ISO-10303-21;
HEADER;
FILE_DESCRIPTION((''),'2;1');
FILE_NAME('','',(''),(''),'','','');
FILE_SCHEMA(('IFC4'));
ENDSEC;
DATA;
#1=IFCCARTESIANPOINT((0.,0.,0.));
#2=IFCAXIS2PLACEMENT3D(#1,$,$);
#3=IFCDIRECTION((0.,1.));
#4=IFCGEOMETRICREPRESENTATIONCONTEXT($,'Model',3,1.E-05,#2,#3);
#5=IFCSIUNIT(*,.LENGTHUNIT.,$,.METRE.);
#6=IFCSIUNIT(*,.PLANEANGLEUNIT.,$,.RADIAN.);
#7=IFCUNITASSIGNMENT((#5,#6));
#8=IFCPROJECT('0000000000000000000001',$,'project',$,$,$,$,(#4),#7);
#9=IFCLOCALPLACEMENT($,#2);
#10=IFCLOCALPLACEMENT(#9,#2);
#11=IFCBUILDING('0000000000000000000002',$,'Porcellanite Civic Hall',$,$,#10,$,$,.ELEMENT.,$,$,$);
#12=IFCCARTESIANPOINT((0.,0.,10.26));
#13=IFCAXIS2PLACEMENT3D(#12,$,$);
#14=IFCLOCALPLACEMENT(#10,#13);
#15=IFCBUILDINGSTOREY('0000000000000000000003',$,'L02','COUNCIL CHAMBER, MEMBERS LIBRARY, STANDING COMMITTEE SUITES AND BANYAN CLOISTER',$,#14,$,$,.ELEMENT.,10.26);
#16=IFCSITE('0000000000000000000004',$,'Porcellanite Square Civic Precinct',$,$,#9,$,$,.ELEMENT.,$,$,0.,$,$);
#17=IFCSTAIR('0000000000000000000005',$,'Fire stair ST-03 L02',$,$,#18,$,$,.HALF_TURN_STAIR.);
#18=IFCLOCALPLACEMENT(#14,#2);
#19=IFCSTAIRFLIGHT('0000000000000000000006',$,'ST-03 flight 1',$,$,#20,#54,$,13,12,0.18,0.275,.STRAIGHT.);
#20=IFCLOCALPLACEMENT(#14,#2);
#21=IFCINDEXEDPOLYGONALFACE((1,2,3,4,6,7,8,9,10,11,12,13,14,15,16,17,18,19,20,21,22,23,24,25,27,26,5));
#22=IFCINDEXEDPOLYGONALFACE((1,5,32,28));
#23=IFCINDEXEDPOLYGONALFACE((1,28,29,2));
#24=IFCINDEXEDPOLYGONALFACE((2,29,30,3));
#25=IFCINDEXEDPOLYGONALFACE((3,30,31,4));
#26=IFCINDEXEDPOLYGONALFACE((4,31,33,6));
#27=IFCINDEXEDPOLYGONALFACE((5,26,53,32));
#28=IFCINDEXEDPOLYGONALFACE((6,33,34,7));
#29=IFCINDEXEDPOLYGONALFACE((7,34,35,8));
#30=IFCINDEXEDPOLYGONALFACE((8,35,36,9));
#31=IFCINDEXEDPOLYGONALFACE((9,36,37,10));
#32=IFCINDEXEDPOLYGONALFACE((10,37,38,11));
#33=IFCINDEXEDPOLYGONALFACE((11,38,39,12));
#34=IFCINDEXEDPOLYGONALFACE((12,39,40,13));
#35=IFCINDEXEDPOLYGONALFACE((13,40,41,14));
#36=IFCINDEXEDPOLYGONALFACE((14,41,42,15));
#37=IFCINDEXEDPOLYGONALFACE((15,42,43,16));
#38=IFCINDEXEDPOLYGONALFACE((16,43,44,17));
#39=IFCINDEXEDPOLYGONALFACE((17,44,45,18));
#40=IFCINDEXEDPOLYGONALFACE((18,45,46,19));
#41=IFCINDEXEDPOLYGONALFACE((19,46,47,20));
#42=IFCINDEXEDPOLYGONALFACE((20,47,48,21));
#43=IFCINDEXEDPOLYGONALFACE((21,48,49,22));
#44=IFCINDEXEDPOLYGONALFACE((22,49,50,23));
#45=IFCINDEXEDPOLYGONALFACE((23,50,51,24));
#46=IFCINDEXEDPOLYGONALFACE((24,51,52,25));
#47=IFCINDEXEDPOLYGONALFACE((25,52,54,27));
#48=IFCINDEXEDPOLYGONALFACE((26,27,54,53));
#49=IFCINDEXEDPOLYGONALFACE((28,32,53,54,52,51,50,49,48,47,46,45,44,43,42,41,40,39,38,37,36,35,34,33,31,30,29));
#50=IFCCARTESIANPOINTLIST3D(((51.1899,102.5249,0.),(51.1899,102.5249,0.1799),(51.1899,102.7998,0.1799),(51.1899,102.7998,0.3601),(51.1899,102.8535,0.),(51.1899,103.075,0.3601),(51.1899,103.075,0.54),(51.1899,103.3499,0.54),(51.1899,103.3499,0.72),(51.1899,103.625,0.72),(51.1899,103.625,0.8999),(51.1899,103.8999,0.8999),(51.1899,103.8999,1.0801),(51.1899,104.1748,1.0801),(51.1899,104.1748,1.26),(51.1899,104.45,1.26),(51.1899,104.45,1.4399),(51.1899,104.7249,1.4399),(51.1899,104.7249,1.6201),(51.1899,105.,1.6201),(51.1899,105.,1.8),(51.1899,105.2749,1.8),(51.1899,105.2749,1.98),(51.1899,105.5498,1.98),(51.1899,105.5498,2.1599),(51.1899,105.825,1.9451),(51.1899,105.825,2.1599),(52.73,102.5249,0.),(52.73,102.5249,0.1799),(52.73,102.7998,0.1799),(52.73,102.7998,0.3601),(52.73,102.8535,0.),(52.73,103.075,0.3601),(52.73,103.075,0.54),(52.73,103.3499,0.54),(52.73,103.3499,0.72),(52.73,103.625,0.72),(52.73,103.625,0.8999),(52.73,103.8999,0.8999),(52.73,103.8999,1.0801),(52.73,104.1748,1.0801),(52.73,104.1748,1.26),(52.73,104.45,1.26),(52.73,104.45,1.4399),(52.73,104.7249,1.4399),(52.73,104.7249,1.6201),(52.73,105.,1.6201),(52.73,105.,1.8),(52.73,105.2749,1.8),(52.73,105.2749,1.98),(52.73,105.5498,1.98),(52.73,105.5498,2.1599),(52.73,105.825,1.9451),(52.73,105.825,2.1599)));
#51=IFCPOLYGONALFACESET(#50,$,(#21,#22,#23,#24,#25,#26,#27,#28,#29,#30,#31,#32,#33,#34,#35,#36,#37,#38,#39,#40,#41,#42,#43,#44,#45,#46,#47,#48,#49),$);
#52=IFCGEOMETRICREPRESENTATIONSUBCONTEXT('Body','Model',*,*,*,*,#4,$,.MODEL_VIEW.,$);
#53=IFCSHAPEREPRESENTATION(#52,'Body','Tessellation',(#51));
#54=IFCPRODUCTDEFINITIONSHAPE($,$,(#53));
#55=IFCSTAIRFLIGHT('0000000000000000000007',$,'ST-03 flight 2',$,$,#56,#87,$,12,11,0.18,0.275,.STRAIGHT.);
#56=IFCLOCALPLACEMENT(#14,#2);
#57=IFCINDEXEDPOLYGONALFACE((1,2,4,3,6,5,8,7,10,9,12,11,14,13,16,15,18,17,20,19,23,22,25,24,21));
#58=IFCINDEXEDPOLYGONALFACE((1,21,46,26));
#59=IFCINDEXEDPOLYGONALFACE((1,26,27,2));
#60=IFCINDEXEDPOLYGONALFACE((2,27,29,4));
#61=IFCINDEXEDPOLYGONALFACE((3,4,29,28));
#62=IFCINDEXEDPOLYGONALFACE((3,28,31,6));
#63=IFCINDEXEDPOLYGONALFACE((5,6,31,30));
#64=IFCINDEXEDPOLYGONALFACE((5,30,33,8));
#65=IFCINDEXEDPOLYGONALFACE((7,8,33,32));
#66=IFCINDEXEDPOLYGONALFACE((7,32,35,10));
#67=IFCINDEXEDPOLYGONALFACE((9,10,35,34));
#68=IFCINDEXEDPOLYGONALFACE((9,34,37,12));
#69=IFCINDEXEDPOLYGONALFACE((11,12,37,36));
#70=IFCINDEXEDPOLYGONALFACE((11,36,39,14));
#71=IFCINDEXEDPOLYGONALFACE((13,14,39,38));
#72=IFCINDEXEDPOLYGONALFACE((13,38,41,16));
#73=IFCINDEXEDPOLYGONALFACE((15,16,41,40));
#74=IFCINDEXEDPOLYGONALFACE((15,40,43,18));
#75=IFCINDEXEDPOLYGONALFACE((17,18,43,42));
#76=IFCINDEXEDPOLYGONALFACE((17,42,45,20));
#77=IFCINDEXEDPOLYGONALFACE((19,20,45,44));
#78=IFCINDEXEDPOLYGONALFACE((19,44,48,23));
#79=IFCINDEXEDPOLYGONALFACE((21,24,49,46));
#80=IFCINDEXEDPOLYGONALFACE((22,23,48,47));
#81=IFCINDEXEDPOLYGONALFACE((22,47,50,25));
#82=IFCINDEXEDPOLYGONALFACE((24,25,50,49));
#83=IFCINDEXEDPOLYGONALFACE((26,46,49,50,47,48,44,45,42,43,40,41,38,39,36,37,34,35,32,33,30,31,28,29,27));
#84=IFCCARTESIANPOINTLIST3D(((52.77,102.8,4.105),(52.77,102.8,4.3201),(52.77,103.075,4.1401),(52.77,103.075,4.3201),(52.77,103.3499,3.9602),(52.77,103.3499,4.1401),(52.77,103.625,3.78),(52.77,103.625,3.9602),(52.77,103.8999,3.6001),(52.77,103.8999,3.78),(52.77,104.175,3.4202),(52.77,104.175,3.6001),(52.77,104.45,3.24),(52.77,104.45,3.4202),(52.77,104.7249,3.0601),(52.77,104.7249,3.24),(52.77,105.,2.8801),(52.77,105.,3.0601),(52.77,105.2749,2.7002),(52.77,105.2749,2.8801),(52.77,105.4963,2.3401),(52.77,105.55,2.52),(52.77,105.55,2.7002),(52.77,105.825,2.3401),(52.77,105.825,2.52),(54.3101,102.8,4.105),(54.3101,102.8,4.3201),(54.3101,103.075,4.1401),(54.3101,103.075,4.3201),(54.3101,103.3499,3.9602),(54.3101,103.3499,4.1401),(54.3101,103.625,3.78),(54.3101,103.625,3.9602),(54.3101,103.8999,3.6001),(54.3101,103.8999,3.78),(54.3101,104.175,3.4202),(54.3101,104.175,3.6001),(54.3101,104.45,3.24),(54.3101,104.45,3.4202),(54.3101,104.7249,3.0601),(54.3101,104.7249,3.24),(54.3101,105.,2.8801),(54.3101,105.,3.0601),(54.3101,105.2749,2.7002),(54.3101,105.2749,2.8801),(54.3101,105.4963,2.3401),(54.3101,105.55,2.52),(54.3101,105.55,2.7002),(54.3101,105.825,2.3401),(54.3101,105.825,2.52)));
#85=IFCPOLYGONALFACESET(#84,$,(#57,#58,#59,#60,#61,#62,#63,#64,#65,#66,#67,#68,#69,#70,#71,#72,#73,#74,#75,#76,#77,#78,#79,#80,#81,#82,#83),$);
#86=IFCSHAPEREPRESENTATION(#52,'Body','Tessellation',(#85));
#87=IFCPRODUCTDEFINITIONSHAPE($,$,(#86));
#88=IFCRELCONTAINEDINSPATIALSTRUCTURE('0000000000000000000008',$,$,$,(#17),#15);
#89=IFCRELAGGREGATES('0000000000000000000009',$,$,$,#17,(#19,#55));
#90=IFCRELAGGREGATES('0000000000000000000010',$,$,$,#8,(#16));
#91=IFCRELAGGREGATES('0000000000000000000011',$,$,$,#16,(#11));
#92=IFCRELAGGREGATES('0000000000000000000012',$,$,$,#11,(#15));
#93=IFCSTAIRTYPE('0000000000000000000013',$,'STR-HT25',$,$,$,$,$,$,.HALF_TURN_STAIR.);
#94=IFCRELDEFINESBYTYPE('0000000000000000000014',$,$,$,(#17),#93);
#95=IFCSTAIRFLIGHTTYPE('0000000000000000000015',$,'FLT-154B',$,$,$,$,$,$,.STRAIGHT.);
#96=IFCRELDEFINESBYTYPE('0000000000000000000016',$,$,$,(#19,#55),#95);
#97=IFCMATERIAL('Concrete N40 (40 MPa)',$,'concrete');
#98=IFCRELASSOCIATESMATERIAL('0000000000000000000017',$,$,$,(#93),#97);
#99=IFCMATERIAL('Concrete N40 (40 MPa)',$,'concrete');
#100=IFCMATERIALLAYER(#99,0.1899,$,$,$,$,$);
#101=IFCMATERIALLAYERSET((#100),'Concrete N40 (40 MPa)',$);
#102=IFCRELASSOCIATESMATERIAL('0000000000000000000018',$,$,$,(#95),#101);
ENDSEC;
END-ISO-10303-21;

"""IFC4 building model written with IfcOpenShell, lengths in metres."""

from ifc_helpers import new_model, si_unit, direction, frame, origin, place, context, subcontext, project, spatial, polyline, outline, extrude, material, layer, layer_set, type_object, element, aggregate, save


model = new_model("IFC4")

# Units and contexts
model_context = context("Model", 3, precision=1e-05, world=origin(), true_north=direction((0.0, 1.0)))
body_context = subcontext(model_context, "Body", "Model", "MODEL_VIEW")
ifc_project = project(units=[si_unit("LENGTHUNIT", "METRE"), si_unit("PLANEANGLEUNIT", "RADIAN")], contexts=[model_context])

# Site, building, storey
site_placement = place(None, origin())
site = spatial("IfcSite", under=ifc_project, at=site_placement, Name="Porcellanite Square Civic Precinct", CompositionType="ELEMENT", RefElevation=0.0)
building_placement = place(site_placement, origin())
building = spatial("IfcBuilding", under=site, at=building_placement, Name="Porcellanite Civic Hall", CompositionType="ELEMENT")
storey_placement = place(building_placement, frame((0.0, 0.0, 10.26)))
storey = spatial("IfcBuildingStorey", under=building, at=storey_placement, Name="L02", Description="COUNCIL CHAMBER, MEMBERS LIBRARY, STANDING COMMITTEE SUITES AND BANYAN CLOISTER", CompositionType="ELEMENT", Elevation=10.26)

# Stair, stair flights
ifc_material_1 = material(Name="Concrete N40 (40 MPa)", Category="concrete")
stair_type = type_object("IfcStairType", Name="STR-HT25", PredefinedType="HALF_TURN_STAIR", material=ifc_material_1)
stair_placement = place(storey_placement, origin())
stair = element("IfcStair", 1, at=stair_placement, inside=storey, type_object=stair_type, Name="Fire stair ST-03 L02", PredefinedType="HALF_TURN_STAIR")
ifc_material_2 = material(Name="Concrete N40 (40 MPa)", Category="concrete")
ifc_layer_1 = layer(ifc_material_2, 0.1899)
ifc_layer_set_1 = layer_set([ifc_layer_1], Name="Concrete N40 (40 MPa)")
stair_flight_type = type_object("IfcStairFlightType", Name="FLT-154B", PredefinedType="STRAIGHT", material=ifc_layer_set_1)
stair_flight_1_placement = place(storey_placement, frame((51.96, 102.5249, 0.0), z_axis=(0.0, 0.0, 1.0), x_axis=(0.0, 1.0, 0.0)))
stair_flight_1 = element("IfcStairFlight", 2, at=stair_flight_1_placement, type_object=stair_flight_type, Name="ST-03 flight 1", NumberOfRisers=13, NumberOfTreads=12, PredefinedType="STRAIGHT", RiserHeight=0.18, TreadLength=0.275, context=body_context, shape_type="SweptSolid", body=[
    extrude(outline(polyline([(0.0, 0.0), (0.0, 0.1799), (0.2749, 0.1799), (0.2749, 0.3601), (0.55, 0.3601), (0.55, 0.54), (0.825, 0.54), (0.825, 0.72), (1.1001, 0.72), (1.1001, 0.8999), (1.375, 0.8999), (1.375, 1.0801), (1.6499, 1.0801), (1.6499, 1.26), (1.925, 1.26), (1.925, 1.4399), (2.2, 1.4399), (2.2, 1.6201), (2.4751, 1.6201), (2.4751, 1.8), (2.75, 1.8), (2.75, 1.98), (3.0249, 1.98), (3.0249, 2.1599), (3.3, 2.1599), (3.3, 2.3401), (3.3, 1.9451), (0.3286, 0.0), (0.0, 0.0)])), frame((0.0, 0.77, 0.0), z_axis=(0.0, -1.0, 0.0), x_axis=(1.0, 0.0, 0.0)), (0.0, 0.0, 1.0), 1.54),
])
stair_flight_2_placement = place(storey_placement, frame((53.54, 105.825, 2.3401), z_axis=(0.0, 0.0, 1.0), x_axis=(0.0, -1.0, 0.0)))
stair_flight_2 = element("IfcStairFlight", 3, at=stair_flight_2_placement, type_object=stair_flight_type, Name="ST-03 flight 2", NumberOfRisers=12, NumberOfTreads=11, PredefinedType="STRAIGHT", RiserHeight=0.18, TreadLength=0.275, context=body_context, shape_type="SweptSolid", body=[
    extrude(outline(polyline([(0.0, 0.0), (0.0, 0.1799), (0.2749, 0.1799), (0.2749, 0.3601), (0.55, 0.3601), (0.55, 0.54), (0.825, 0.54), (0.825, 0.72), (1.1001, 0.72), (1.1001, 0.8999), (1.375, 0.8999), (1.375, 1.0801), (1.6499, 1.0801), (1.6499, 1.26), (1.925, 1.26), (1.925, 1.4399), (2.2, 1.4399), (2.2, 1.6201), (2.4751, 1.6201), (2.4751, 1.8), (2.75, 1.8), (2.75, 1.98), (3.0249, 1.98), (3.0249, 2.1599), (3.0249, 1.7649), (0.3286, 0.0), (0.0, 0.0)])), frame((0.0, 0.77, 0.0), z_axis=(0.0, -1.0, 0.0), x_axis=(1.0, 0.0, 0.0)), (0.0, 0.0, 1.0), 1.54),
])
aggregate(stair, [stair_flight_1, stair_flight_2])

save(model, "model.ifc")
